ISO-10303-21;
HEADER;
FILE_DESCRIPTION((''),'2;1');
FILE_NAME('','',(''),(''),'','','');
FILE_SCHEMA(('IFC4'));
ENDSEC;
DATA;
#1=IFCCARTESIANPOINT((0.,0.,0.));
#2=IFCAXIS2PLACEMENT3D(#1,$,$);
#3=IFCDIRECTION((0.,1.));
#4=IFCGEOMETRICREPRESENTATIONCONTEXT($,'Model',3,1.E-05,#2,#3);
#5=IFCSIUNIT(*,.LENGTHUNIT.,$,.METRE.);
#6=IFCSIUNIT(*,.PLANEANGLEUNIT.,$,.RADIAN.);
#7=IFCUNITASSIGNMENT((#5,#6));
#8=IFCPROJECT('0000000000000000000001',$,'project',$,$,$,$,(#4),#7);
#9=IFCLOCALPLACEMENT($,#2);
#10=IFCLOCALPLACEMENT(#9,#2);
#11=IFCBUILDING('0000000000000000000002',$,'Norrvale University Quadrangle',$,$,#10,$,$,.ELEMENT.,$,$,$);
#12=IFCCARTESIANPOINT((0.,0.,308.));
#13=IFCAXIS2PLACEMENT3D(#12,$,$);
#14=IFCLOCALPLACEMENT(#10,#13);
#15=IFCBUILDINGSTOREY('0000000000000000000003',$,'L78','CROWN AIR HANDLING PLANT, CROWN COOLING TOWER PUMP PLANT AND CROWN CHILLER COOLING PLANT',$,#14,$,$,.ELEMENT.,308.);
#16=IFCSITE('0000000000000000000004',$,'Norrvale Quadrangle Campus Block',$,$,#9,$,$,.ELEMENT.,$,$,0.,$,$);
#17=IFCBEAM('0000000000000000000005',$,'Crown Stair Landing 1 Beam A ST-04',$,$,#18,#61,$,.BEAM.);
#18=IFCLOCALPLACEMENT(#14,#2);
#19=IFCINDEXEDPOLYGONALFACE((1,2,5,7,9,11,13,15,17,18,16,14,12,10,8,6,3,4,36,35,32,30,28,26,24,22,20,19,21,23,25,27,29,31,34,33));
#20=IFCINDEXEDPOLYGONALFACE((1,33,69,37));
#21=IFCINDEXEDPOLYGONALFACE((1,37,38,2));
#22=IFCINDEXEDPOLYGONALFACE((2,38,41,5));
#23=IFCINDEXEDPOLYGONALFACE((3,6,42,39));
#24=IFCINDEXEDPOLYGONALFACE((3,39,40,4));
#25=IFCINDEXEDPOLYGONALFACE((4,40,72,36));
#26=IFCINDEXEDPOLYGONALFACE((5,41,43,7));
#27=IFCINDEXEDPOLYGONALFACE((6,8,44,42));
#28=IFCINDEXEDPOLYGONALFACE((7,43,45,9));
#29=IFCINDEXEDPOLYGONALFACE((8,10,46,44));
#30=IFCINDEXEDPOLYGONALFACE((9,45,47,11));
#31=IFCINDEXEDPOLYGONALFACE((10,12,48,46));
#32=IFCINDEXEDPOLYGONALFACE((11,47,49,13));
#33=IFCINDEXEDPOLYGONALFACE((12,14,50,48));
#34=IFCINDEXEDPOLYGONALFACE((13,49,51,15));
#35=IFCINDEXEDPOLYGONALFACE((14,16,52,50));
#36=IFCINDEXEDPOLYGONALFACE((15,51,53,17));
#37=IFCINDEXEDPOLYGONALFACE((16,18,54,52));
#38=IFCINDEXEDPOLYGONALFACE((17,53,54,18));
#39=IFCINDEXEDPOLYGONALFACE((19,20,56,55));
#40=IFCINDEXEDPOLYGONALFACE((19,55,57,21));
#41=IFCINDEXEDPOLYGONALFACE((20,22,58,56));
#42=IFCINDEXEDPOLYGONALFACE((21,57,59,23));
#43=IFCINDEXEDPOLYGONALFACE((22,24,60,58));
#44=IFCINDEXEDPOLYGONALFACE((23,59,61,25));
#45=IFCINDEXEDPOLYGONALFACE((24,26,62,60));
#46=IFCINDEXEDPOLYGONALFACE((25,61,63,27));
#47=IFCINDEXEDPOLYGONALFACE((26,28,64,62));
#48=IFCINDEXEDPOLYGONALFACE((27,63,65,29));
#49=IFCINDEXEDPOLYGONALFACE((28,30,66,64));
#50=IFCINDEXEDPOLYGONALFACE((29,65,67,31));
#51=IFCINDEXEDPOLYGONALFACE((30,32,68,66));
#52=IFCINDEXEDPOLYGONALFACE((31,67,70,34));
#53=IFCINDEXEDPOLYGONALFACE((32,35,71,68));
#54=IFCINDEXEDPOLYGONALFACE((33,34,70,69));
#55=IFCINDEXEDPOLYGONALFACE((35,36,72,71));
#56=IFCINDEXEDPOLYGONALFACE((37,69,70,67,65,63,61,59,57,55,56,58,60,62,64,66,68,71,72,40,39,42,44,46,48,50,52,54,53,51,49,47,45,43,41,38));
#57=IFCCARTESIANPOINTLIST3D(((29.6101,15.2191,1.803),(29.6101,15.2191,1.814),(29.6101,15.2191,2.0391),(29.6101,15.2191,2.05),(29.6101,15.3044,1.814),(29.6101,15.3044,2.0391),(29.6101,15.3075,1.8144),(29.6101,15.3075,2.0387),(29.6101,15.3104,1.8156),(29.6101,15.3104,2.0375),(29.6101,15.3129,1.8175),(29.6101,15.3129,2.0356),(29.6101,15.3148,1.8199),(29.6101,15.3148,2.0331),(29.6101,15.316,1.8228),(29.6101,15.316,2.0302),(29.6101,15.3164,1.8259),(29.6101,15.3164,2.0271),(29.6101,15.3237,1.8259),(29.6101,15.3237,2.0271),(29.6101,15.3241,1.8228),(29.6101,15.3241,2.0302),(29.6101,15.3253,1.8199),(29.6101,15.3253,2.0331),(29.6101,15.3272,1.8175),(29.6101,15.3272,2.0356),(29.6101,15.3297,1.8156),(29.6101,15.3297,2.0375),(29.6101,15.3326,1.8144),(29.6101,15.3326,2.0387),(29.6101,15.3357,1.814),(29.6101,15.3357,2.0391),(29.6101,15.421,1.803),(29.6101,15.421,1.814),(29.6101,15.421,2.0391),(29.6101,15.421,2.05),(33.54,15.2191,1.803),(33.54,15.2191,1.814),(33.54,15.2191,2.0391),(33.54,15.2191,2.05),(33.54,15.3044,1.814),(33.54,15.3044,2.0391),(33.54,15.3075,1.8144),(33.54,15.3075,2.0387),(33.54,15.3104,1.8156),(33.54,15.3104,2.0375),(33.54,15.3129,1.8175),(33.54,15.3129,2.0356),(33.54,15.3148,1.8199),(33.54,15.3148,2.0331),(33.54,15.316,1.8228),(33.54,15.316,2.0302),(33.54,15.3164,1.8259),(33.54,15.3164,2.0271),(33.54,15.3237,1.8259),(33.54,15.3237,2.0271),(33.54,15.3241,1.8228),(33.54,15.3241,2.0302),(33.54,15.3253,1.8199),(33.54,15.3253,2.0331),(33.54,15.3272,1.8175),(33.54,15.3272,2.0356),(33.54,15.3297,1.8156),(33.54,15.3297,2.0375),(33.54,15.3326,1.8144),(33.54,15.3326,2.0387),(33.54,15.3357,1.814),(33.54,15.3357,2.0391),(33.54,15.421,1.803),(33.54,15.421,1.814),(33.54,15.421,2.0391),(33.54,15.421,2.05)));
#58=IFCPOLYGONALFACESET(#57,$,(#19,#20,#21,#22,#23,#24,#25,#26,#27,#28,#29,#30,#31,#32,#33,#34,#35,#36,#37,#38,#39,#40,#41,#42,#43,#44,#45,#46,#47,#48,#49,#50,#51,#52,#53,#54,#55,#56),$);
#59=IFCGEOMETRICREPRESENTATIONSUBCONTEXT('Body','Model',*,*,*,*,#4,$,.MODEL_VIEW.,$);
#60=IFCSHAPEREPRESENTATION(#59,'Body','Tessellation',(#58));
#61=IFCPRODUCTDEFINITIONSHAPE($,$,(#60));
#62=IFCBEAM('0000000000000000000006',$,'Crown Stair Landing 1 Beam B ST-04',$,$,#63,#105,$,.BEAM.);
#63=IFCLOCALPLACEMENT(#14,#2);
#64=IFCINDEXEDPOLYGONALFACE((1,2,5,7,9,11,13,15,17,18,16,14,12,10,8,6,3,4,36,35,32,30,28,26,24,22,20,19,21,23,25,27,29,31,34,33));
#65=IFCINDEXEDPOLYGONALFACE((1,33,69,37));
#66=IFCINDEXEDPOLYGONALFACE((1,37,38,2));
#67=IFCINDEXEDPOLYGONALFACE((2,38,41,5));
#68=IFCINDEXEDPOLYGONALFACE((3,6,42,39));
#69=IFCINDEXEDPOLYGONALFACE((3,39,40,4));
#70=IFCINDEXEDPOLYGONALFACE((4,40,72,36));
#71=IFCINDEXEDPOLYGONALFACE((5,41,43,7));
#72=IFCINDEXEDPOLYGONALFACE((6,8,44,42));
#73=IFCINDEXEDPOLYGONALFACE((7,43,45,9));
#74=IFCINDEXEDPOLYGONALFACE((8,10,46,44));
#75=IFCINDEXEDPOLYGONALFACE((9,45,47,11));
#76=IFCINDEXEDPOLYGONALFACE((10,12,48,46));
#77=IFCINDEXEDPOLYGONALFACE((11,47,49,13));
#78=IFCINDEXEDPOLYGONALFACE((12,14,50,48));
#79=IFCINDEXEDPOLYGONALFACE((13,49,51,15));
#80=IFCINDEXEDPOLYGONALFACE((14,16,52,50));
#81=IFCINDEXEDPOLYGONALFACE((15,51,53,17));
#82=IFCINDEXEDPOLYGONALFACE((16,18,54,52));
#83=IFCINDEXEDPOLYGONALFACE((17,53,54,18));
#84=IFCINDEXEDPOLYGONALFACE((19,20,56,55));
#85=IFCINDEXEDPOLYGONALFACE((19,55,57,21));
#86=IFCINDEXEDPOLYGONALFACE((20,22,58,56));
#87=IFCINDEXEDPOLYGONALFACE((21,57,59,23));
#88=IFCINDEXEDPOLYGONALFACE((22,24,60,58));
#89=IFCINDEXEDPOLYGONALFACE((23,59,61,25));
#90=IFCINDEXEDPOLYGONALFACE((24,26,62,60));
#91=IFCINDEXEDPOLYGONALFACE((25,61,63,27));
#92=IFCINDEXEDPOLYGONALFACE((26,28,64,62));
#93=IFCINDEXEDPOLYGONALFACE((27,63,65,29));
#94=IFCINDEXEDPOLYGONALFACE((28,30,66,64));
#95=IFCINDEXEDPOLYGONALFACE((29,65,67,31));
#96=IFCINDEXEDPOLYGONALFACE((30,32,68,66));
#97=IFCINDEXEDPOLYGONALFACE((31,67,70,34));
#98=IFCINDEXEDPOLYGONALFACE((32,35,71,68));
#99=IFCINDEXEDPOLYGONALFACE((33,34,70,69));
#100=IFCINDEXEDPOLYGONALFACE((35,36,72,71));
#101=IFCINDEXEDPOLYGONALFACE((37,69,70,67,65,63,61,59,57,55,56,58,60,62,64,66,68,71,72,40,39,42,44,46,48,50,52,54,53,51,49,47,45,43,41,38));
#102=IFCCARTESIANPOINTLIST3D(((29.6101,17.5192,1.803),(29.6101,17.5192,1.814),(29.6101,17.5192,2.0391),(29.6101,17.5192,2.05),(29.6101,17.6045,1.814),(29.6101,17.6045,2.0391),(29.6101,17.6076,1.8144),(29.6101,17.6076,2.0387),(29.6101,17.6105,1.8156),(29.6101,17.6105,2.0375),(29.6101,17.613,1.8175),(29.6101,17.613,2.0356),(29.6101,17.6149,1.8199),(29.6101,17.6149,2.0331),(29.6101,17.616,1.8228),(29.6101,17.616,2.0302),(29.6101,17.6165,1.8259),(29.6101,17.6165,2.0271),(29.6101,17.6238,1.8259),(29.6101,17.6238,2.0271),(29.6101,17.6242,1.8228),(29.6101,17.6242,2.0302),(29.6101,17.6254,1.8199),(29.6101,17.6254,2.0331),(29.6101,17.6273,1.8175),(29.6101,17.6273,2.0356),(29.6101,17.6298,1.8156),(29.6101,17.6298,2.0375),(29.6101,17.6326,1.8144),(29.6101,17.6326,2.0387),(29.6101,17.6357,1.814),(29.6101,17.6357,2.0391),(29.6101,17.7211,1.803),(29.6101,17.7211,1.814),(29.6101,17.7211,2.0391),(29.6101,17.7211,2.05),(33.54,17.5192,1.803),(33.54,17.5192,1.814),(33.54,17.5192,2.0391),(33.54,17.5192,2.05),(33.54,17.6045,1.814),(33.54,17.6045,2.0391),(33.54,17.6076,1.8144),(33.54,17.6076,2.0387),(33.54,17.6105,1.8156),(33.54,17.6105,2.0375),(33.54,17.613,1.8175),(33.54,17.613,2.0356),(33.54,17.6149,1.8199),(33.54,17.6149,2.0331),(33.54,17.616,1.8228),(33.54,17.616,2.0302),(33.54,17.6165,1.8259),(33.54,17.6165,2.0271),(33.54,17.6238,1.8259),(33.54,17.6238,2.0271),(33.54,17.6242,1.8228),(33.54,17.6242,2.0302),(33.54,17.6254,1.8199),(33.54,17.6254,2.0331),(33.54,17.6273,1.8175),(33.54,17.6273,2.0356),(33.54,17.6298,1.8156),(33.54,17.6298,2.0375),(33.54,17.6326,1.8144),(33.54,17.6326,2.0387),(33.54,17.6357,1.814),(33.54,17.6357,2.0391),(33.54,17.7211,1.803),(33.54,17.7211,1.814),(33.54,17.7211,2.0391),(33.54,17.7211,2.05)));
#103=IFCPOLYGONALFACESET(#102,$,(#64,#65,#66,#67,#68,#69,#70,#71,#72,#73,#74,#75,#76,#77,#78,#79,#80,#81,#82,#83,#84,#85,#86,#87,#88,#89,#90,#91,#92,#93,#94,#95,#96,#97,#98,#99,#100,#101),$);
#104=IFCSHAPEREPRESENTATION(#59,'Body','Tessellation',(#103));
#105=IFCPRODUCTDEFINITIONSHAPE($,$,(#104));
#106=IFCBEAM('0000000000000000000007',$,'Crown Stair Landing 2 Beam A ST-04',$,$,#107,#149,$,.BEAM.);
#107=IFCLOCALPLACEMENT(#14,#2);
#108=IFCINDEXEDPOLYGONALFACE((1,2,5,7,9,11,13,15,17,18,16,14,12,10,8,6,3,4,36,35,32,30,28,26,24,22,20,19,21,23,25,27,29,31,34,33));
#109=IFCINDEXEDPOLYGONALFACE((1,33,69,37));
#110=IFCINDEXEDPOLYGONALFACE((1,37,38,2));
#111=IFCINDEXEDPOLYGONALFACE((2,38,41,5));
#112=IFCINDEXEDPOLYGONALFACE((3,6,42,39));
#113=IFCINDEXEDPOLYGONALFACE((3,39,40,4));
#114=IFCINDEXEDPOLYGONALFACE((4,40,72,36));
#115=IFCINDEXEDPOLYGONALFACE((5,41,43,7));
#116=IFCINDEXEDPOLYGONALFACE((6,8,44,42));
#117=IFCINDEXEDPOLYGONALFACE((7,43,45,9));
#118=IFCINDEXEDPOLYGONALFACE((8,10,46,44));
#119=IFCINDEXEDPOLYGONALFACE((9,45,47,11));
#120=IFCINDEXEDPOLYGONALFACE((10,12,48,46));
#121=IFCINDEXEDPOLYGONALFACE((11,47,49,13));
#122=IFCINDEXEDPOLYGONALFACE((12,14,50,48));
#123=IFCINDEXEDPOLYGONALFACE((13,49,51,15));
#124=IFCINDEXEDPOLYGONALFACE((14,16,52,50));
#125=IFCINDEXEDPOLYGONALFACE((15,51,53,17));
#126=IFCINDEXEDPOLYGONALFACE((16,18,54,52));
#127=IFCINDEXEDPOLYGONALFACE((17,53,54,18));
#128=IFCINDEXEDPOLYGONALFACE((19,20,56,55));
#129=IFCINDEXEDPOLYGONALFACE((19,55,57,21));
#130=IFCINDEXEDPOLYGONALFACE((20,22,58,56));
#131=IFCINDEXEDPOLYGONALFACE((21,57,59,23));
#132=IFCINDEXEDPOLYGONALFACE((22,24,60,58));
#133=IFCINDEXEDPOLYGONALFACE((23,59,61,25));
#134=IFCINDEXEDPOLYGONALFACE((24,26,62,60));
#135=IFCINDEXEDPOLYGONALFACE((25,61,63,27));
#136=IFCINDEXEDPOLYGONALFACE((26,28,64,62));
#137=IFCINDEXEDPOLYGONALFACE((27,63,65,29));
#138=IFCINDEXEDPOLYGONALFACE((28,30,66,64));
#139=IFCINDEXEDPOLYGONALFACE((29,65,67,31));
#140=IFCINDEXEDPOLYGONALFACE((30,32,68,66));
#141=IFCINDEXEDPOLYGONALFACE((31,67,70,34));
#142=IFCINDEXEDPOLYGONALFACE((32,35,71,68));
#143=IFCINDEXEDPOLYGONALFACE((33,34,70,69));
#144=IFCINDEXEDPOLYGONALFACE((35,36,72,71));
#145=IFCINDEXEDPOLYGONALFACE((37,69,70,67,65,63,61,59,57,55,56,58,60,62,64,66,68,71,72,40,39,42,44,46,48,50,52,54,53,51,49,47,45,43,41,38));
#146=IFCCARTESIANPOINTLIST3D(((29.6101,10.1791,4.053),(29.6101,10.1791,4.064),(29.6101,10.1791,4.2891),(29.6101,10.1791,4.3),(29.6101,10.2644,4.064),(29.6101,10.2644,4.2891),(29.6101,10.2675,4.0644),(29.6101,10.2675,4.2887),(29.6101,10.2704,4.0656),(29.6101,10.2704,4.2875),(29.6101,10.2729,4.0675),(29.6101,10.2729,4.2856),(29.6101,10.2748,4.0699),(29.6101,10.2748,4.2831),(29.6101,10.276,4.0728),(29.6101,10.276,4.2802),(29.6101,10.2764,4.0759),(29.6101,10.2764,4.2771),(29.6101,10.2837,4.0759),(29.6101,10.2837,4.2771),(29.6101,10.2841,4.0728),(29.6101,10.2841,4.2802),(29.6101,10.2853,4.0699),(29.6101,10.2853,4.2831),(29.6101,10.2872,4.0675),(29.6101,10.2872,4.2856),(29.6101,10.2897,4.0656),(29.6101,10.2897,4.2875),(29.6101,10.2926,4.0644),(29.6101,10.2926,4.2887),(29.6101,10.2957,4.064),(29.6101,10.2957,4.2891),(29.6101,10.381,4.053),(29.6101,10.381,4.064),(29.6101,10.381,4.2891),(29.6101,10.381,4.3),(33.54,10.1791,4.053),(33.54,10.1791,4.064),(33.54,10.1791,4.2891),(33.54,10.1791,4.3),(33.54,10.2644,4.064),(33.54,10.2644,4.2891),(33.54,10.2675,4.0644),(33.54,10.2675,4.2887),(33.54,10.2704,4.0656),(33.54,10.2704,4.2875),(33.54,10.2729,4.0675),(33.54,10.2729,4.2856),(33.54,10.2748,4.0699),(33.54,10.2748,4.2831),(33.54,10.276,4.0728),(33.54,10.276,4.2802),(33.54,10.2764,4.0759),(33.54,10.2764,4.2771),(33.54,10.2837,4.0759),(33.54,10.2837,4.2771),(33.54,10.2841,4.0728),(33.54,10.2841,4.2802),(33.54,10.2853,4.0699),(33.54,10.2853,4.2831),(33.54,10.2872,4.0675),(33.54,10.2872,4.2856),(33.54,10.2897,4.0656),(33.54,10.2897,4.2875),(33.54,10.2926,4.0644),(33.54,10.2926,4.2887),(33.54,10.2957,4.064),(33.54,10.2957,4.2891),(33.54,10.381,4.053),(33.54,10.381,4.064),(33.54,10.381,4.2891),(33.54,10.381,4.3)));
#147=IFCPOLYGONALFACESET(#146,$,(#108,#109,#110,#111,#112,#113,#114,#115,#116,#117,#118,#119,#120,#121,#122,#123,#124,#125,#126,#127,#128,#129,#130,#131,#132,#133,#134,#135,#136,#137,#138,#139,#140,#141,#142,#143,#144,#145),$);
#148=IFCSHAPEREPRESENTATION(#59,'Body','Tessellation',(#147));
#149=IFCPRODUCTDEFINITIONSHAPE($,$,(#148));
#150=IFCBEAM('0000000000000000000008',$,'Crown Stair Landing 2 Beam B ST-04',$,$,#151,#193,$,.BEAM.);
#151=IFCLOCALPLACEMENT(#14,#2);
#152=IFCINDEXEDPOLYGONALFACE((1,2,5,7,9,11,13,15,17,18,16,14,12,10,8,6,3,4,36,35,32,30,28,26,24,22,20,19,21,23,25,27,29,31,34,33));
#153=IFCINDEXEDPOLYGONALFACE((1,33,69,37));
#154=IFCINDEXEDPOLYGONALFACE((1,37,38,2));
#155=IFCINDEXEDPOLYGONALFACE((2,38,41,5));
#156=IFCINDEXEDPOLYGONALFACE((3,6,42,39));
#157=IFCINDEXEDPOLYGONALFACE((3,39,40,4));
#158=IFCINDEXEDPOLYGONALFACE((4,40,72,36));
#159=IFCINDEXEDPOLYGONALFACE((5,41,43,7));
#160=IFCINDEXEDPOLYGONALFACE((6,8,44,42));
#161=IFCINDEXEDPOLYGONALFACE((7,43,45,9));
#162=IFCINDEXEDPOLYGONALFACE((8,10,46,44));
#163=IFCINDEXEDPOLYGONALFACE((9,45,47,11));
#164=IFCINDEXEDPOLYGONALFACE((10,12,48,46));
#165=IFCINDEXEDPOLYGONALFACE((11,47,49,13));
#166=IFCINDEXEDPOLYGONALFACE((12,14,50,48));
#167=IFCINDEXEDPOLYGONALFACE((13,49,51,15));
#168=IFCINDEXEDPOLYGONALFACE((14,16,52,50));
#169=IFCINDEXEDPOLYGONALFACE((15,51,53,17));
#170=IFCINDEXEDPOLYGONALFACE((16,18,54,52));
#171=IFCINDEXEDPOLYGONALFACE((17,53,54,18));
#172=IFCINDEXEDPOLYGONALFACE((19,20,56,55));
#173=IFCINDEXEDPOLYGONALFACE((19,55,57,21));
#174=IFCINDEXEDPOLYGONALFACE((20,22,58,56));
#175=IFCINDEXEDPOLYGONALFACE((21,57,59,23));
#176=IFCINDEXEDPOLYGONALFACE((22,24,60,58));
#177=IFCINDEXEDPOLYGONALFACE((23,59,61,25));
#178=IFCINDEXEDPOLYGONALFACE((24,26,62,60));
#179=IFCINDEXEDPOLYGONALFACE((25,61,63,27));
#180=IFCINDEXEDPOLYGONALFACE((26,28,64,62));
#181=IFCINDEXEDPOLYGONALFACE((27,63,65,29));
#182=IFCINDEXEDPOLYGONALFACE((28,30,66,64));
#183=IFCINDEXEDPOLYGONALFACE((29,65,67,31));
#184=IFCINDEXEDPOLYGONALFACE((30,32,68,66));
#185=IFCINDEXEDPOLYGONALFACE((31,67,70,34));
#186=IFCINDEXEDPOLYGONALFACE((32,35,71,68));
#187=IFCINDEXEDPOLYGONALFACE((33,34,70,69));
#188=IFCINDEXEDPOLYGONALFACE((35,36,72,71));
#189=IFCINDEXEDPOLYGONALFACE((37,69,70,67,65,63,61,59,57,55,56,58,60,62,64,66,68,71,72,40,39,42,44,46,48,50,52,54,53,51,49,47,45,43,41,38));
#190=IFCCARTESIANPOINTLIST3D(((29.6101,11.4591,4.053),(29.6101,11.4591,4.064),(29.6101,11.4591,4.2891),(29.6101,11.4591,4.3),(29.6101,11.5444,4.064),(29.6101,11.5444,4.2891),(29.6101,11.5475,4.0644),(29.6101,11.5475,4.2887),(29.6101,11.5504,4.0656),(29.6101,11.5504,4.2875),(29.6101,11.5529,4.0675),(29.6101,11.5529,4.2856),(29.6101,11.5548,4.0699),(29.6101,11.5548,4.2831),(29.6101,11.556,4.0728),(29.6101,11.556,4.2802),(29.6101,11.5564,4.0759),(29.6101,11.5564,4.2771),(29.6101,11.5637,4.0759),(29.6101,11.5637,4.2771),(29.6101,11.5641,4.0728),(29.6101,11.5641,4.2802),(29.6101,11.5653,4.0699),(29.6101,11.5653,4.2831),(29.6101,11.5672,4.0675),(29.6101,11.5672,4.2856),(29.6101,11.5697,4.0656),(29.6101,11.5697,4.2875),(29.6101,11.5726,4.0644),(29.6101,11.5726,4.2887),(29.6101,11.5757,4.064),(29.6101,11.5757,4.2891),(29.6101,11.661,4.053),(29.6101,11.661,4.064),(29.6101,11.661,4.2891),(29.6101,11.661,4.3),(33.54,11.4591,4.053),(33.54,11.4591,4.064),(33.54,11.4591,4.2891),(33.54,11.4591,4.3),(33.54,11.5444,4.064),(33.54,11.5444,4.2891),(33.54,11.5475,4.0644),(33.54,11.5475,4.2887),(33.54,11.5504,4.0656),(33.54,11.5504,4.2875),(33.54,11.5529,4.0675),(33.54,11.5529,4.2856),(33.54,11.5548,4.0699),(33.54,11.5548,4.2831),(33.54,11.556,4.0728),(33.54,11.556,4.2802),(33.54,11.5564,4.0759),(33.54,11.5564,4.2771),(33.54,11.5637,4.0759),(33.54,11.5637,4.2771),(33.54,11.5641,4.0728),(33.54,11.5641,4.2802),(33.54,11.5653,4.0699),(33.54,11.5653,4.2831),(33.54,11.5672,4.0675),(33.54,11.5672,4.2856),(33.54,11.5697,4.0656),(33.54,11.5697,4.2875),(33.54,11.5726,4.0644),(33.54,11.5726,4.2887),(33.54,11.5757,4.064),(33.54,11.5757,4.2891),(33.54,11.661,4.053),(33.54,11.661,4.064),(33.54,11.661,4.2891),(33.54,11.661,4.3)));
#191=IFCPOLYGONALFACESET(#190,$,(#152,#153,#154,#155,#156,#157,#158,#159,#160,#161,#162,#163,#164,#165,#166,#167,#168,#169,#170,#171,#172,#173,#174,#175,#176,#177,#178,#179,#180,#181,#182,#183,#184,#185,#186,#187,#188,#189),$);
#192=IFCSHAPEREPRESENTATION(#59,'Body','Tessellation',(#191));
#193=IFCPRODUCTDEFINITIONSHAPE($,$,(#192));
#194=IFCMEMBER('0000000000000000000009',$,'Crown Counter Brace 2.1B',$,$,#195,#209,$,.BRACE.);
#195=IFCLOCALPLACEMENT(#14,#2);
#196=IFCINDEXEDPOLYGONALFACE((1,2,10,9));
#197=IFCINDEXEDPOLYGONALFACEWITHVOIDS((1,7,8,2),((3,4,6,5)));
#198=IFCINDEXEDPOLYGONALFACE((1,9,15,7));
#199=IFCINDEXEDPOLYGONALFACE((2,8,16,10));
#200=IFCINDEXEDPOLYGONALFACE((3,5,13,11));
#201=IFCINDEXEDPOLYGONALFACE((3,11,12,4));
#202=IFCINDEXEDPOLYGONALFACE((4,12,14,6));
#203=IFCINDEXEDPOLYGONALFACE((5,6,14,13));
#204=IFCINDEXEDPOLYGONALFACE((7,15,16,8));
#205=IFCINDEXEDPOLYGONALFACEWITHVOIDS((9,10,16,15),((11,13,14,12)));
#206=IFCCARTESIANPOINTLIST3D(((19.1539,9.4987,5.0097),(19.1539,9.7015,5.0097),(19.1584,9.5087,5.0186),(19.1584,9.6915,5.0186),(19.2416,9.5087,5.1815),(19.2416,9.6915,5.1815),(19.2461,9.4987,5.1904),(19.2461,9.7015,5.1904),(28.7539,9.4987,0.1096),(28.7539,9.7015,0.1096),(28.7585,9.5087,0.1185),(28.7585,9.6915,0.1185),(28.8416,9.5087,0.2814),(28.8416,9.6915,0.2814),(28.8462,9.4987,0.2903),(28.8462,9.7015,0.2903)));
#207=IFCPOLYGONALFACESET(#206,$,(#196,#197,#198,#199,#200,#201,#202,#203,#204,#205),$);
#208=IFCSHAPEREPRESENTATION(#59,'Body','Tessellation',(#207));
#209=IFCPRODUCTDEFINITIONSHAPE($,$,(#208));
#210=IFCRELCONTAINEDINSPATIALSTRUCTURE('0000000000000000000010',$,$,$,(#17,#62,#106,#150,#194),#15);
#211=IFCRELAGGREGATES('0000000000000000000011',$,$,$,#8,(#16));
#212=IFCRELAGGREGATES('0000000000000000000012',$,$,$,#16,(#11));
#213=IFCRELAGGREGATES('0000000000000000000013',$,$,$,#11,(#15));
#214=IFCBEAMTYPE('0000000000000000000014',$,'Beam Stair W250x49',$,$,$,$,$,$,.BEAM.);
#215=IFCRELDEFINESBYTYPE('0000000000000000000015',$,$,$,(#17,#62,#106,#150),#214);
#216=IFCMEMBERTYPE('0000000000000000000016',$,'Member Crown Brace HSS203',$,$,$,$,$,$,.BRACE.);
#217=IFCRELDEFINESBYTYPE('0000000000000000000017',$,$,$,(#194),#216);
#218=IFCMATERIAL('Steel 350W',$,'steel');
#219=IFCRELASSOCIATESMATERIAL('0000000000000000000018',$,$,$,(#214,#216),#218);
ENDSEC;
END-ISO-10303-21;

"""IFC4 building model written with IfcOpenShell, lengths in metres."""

from ifc_helpers import new_model, si_unit, direction, frame, origin, origin_2d, place, context, subcontext, project, spatial, hollow_rectangle, i_section, extrude, material, material_profile, profile_set, type_object, element, save


model = new_model("IFC4")

# Units and contexts
model_context = context("Model", 3, precision=1e-05, world=origin(), true_north=direction((0.0, 1.0)))
body_context = subcontext(model_context, "Body", "Model", "MODEL_VIEW")
ifc_project = project(units=[si_unit("LENGTHUNIT", "METRE"), si_unit("PLANEANGLEUNIT", "RADIAN")], contexts=[model_context])

# Site, building, storey
site_placement = place(None, origin())
site = spatial("IfcSite", under=ifc_project, at=site_placement, Name="Norrvale Quadrangle Campus Block", CompositionType="ELEMENT", RefElevation=0.0)
building_placement = place(site_placement, origin())
building = spatial("IfcBuilding", under=site, at=building_placement, Name="Norrvale University Quadrangle", CompositionType="ELEMENT")
storey_placement = place(building_placement, frame((0.0, 0.0, 308.0)))
storey = spatial("IfcBuildingStorey", under=building, at=storey_placement, Name="L78", Description="CROWN AIR HANDLING PLANT, CROWN COOLING TOWER PUMP PLANT AND CROWN CHILLER COOLING PLANT", CompositionType="ELEMENT", Elevation=308.0)

# Shared definitions
ifc_material_1 = material(Name="Steel 350W", Category="steel")

# Beams
ifc_material_profile_1 = material_profile(ifc_material_1, i_section(OverallWidth=0.2019, OverallDepth=0.2471, WebThickness=0.0073, FlangeThickness=0.011, FilletRadius=0.012, at=origin_2d()), Name="Steel 350W")
ifc_profile_set_1 = profile_set([ifc_material_profile_1], Name="Steel 350W")
beam_type_1 = type_object("IfcBeamType", Name="Beam Stair W250x49", PredefinedType="BEAM", material=ifc_profile_set_1)
for number, where, z_axis, x_axis, name in (
    (1, (29.6101, 15.3201, 1.9265), (1.0, 0.0, 0.0), (0.0, 1.0, 0.0), "Crown Stair Landing 1 Beam A ST-04"),
    (2, (29.6101, 17.6201, 1.9265), (1.0, 0.0, 0.0), (0.0, 1.0, 0.0), "Crown Stair Landing 1 Beam B ST-04"),
    (3, (29.6101, 10.28, 4.1765), (1.0, 0.0, 0.0), (0.0, 1.0, 0.0), "Crown Stair Landing 2 Beam A ST-04"),
    (4, (29.6101, 11.5601, 4.1765), (1.0, 0.0, 0.0), (0.0, 1.0, 0.0), "Crown Stair Landing 2 Beam B ST-04"),
):
    element("IfcBeam", number, at=place(storey_placement, frame(where, z_axis=z_axis, x_axis=x_axis)), inside=storey, type_object=beam_type_1, Name=name, PredefinedType="BEAM", context=body_context, shape_type="SweptSolid", body=[
        extrude(i_section(OverallWidth=0.2019, OverallDepth=0.2471, WebThickness=0.0073, FlangeThickness=0.011, FilletRadius=0.012, at=origin_2d()), origin(), (0.0, 0.0, 1.0), 3.9299),
    ])

# Member
ifc_material_profile_2 = material_profile(ifc_material_1, hollow_rectangle(XDim=0.2029, YDim=0.2029, WallThickness=0.01, at=origin_2d()), Name="Steel 350W")
ifc_profile_set_2 = profile_set([ifc_material_profile_2], Name="Steel 350W")
member_type_1 = type_object("IfcMemberType", Name="Member Crown Brace HSS203", PredefinedType="BRACE", material=ifc_profile_set_2)
member_1_placement = place(storey_placement, frame((28.8, 9.6001, 0.2), z_axis=(-0.890682, 0.0, 0.454628), x_axis=(0.0, -1.0, 0.0)))
element("IfcMember", 5, at=member_1_placement, inside=storey, type_object=member_type_1, Name="Crown Counter Brace 2.1B", PredefinedType="BRACE", context=body_context, shape_type="SweptSolid", body=[
    extrude(hollow_rectangle(XDim=0.2029, YDim=0.2029, WallThickness=0.01, at=origin_2d()), origin(), (0.0, 0.0, 1.0), 10.7783),
])

save(model, "model.ifc")
